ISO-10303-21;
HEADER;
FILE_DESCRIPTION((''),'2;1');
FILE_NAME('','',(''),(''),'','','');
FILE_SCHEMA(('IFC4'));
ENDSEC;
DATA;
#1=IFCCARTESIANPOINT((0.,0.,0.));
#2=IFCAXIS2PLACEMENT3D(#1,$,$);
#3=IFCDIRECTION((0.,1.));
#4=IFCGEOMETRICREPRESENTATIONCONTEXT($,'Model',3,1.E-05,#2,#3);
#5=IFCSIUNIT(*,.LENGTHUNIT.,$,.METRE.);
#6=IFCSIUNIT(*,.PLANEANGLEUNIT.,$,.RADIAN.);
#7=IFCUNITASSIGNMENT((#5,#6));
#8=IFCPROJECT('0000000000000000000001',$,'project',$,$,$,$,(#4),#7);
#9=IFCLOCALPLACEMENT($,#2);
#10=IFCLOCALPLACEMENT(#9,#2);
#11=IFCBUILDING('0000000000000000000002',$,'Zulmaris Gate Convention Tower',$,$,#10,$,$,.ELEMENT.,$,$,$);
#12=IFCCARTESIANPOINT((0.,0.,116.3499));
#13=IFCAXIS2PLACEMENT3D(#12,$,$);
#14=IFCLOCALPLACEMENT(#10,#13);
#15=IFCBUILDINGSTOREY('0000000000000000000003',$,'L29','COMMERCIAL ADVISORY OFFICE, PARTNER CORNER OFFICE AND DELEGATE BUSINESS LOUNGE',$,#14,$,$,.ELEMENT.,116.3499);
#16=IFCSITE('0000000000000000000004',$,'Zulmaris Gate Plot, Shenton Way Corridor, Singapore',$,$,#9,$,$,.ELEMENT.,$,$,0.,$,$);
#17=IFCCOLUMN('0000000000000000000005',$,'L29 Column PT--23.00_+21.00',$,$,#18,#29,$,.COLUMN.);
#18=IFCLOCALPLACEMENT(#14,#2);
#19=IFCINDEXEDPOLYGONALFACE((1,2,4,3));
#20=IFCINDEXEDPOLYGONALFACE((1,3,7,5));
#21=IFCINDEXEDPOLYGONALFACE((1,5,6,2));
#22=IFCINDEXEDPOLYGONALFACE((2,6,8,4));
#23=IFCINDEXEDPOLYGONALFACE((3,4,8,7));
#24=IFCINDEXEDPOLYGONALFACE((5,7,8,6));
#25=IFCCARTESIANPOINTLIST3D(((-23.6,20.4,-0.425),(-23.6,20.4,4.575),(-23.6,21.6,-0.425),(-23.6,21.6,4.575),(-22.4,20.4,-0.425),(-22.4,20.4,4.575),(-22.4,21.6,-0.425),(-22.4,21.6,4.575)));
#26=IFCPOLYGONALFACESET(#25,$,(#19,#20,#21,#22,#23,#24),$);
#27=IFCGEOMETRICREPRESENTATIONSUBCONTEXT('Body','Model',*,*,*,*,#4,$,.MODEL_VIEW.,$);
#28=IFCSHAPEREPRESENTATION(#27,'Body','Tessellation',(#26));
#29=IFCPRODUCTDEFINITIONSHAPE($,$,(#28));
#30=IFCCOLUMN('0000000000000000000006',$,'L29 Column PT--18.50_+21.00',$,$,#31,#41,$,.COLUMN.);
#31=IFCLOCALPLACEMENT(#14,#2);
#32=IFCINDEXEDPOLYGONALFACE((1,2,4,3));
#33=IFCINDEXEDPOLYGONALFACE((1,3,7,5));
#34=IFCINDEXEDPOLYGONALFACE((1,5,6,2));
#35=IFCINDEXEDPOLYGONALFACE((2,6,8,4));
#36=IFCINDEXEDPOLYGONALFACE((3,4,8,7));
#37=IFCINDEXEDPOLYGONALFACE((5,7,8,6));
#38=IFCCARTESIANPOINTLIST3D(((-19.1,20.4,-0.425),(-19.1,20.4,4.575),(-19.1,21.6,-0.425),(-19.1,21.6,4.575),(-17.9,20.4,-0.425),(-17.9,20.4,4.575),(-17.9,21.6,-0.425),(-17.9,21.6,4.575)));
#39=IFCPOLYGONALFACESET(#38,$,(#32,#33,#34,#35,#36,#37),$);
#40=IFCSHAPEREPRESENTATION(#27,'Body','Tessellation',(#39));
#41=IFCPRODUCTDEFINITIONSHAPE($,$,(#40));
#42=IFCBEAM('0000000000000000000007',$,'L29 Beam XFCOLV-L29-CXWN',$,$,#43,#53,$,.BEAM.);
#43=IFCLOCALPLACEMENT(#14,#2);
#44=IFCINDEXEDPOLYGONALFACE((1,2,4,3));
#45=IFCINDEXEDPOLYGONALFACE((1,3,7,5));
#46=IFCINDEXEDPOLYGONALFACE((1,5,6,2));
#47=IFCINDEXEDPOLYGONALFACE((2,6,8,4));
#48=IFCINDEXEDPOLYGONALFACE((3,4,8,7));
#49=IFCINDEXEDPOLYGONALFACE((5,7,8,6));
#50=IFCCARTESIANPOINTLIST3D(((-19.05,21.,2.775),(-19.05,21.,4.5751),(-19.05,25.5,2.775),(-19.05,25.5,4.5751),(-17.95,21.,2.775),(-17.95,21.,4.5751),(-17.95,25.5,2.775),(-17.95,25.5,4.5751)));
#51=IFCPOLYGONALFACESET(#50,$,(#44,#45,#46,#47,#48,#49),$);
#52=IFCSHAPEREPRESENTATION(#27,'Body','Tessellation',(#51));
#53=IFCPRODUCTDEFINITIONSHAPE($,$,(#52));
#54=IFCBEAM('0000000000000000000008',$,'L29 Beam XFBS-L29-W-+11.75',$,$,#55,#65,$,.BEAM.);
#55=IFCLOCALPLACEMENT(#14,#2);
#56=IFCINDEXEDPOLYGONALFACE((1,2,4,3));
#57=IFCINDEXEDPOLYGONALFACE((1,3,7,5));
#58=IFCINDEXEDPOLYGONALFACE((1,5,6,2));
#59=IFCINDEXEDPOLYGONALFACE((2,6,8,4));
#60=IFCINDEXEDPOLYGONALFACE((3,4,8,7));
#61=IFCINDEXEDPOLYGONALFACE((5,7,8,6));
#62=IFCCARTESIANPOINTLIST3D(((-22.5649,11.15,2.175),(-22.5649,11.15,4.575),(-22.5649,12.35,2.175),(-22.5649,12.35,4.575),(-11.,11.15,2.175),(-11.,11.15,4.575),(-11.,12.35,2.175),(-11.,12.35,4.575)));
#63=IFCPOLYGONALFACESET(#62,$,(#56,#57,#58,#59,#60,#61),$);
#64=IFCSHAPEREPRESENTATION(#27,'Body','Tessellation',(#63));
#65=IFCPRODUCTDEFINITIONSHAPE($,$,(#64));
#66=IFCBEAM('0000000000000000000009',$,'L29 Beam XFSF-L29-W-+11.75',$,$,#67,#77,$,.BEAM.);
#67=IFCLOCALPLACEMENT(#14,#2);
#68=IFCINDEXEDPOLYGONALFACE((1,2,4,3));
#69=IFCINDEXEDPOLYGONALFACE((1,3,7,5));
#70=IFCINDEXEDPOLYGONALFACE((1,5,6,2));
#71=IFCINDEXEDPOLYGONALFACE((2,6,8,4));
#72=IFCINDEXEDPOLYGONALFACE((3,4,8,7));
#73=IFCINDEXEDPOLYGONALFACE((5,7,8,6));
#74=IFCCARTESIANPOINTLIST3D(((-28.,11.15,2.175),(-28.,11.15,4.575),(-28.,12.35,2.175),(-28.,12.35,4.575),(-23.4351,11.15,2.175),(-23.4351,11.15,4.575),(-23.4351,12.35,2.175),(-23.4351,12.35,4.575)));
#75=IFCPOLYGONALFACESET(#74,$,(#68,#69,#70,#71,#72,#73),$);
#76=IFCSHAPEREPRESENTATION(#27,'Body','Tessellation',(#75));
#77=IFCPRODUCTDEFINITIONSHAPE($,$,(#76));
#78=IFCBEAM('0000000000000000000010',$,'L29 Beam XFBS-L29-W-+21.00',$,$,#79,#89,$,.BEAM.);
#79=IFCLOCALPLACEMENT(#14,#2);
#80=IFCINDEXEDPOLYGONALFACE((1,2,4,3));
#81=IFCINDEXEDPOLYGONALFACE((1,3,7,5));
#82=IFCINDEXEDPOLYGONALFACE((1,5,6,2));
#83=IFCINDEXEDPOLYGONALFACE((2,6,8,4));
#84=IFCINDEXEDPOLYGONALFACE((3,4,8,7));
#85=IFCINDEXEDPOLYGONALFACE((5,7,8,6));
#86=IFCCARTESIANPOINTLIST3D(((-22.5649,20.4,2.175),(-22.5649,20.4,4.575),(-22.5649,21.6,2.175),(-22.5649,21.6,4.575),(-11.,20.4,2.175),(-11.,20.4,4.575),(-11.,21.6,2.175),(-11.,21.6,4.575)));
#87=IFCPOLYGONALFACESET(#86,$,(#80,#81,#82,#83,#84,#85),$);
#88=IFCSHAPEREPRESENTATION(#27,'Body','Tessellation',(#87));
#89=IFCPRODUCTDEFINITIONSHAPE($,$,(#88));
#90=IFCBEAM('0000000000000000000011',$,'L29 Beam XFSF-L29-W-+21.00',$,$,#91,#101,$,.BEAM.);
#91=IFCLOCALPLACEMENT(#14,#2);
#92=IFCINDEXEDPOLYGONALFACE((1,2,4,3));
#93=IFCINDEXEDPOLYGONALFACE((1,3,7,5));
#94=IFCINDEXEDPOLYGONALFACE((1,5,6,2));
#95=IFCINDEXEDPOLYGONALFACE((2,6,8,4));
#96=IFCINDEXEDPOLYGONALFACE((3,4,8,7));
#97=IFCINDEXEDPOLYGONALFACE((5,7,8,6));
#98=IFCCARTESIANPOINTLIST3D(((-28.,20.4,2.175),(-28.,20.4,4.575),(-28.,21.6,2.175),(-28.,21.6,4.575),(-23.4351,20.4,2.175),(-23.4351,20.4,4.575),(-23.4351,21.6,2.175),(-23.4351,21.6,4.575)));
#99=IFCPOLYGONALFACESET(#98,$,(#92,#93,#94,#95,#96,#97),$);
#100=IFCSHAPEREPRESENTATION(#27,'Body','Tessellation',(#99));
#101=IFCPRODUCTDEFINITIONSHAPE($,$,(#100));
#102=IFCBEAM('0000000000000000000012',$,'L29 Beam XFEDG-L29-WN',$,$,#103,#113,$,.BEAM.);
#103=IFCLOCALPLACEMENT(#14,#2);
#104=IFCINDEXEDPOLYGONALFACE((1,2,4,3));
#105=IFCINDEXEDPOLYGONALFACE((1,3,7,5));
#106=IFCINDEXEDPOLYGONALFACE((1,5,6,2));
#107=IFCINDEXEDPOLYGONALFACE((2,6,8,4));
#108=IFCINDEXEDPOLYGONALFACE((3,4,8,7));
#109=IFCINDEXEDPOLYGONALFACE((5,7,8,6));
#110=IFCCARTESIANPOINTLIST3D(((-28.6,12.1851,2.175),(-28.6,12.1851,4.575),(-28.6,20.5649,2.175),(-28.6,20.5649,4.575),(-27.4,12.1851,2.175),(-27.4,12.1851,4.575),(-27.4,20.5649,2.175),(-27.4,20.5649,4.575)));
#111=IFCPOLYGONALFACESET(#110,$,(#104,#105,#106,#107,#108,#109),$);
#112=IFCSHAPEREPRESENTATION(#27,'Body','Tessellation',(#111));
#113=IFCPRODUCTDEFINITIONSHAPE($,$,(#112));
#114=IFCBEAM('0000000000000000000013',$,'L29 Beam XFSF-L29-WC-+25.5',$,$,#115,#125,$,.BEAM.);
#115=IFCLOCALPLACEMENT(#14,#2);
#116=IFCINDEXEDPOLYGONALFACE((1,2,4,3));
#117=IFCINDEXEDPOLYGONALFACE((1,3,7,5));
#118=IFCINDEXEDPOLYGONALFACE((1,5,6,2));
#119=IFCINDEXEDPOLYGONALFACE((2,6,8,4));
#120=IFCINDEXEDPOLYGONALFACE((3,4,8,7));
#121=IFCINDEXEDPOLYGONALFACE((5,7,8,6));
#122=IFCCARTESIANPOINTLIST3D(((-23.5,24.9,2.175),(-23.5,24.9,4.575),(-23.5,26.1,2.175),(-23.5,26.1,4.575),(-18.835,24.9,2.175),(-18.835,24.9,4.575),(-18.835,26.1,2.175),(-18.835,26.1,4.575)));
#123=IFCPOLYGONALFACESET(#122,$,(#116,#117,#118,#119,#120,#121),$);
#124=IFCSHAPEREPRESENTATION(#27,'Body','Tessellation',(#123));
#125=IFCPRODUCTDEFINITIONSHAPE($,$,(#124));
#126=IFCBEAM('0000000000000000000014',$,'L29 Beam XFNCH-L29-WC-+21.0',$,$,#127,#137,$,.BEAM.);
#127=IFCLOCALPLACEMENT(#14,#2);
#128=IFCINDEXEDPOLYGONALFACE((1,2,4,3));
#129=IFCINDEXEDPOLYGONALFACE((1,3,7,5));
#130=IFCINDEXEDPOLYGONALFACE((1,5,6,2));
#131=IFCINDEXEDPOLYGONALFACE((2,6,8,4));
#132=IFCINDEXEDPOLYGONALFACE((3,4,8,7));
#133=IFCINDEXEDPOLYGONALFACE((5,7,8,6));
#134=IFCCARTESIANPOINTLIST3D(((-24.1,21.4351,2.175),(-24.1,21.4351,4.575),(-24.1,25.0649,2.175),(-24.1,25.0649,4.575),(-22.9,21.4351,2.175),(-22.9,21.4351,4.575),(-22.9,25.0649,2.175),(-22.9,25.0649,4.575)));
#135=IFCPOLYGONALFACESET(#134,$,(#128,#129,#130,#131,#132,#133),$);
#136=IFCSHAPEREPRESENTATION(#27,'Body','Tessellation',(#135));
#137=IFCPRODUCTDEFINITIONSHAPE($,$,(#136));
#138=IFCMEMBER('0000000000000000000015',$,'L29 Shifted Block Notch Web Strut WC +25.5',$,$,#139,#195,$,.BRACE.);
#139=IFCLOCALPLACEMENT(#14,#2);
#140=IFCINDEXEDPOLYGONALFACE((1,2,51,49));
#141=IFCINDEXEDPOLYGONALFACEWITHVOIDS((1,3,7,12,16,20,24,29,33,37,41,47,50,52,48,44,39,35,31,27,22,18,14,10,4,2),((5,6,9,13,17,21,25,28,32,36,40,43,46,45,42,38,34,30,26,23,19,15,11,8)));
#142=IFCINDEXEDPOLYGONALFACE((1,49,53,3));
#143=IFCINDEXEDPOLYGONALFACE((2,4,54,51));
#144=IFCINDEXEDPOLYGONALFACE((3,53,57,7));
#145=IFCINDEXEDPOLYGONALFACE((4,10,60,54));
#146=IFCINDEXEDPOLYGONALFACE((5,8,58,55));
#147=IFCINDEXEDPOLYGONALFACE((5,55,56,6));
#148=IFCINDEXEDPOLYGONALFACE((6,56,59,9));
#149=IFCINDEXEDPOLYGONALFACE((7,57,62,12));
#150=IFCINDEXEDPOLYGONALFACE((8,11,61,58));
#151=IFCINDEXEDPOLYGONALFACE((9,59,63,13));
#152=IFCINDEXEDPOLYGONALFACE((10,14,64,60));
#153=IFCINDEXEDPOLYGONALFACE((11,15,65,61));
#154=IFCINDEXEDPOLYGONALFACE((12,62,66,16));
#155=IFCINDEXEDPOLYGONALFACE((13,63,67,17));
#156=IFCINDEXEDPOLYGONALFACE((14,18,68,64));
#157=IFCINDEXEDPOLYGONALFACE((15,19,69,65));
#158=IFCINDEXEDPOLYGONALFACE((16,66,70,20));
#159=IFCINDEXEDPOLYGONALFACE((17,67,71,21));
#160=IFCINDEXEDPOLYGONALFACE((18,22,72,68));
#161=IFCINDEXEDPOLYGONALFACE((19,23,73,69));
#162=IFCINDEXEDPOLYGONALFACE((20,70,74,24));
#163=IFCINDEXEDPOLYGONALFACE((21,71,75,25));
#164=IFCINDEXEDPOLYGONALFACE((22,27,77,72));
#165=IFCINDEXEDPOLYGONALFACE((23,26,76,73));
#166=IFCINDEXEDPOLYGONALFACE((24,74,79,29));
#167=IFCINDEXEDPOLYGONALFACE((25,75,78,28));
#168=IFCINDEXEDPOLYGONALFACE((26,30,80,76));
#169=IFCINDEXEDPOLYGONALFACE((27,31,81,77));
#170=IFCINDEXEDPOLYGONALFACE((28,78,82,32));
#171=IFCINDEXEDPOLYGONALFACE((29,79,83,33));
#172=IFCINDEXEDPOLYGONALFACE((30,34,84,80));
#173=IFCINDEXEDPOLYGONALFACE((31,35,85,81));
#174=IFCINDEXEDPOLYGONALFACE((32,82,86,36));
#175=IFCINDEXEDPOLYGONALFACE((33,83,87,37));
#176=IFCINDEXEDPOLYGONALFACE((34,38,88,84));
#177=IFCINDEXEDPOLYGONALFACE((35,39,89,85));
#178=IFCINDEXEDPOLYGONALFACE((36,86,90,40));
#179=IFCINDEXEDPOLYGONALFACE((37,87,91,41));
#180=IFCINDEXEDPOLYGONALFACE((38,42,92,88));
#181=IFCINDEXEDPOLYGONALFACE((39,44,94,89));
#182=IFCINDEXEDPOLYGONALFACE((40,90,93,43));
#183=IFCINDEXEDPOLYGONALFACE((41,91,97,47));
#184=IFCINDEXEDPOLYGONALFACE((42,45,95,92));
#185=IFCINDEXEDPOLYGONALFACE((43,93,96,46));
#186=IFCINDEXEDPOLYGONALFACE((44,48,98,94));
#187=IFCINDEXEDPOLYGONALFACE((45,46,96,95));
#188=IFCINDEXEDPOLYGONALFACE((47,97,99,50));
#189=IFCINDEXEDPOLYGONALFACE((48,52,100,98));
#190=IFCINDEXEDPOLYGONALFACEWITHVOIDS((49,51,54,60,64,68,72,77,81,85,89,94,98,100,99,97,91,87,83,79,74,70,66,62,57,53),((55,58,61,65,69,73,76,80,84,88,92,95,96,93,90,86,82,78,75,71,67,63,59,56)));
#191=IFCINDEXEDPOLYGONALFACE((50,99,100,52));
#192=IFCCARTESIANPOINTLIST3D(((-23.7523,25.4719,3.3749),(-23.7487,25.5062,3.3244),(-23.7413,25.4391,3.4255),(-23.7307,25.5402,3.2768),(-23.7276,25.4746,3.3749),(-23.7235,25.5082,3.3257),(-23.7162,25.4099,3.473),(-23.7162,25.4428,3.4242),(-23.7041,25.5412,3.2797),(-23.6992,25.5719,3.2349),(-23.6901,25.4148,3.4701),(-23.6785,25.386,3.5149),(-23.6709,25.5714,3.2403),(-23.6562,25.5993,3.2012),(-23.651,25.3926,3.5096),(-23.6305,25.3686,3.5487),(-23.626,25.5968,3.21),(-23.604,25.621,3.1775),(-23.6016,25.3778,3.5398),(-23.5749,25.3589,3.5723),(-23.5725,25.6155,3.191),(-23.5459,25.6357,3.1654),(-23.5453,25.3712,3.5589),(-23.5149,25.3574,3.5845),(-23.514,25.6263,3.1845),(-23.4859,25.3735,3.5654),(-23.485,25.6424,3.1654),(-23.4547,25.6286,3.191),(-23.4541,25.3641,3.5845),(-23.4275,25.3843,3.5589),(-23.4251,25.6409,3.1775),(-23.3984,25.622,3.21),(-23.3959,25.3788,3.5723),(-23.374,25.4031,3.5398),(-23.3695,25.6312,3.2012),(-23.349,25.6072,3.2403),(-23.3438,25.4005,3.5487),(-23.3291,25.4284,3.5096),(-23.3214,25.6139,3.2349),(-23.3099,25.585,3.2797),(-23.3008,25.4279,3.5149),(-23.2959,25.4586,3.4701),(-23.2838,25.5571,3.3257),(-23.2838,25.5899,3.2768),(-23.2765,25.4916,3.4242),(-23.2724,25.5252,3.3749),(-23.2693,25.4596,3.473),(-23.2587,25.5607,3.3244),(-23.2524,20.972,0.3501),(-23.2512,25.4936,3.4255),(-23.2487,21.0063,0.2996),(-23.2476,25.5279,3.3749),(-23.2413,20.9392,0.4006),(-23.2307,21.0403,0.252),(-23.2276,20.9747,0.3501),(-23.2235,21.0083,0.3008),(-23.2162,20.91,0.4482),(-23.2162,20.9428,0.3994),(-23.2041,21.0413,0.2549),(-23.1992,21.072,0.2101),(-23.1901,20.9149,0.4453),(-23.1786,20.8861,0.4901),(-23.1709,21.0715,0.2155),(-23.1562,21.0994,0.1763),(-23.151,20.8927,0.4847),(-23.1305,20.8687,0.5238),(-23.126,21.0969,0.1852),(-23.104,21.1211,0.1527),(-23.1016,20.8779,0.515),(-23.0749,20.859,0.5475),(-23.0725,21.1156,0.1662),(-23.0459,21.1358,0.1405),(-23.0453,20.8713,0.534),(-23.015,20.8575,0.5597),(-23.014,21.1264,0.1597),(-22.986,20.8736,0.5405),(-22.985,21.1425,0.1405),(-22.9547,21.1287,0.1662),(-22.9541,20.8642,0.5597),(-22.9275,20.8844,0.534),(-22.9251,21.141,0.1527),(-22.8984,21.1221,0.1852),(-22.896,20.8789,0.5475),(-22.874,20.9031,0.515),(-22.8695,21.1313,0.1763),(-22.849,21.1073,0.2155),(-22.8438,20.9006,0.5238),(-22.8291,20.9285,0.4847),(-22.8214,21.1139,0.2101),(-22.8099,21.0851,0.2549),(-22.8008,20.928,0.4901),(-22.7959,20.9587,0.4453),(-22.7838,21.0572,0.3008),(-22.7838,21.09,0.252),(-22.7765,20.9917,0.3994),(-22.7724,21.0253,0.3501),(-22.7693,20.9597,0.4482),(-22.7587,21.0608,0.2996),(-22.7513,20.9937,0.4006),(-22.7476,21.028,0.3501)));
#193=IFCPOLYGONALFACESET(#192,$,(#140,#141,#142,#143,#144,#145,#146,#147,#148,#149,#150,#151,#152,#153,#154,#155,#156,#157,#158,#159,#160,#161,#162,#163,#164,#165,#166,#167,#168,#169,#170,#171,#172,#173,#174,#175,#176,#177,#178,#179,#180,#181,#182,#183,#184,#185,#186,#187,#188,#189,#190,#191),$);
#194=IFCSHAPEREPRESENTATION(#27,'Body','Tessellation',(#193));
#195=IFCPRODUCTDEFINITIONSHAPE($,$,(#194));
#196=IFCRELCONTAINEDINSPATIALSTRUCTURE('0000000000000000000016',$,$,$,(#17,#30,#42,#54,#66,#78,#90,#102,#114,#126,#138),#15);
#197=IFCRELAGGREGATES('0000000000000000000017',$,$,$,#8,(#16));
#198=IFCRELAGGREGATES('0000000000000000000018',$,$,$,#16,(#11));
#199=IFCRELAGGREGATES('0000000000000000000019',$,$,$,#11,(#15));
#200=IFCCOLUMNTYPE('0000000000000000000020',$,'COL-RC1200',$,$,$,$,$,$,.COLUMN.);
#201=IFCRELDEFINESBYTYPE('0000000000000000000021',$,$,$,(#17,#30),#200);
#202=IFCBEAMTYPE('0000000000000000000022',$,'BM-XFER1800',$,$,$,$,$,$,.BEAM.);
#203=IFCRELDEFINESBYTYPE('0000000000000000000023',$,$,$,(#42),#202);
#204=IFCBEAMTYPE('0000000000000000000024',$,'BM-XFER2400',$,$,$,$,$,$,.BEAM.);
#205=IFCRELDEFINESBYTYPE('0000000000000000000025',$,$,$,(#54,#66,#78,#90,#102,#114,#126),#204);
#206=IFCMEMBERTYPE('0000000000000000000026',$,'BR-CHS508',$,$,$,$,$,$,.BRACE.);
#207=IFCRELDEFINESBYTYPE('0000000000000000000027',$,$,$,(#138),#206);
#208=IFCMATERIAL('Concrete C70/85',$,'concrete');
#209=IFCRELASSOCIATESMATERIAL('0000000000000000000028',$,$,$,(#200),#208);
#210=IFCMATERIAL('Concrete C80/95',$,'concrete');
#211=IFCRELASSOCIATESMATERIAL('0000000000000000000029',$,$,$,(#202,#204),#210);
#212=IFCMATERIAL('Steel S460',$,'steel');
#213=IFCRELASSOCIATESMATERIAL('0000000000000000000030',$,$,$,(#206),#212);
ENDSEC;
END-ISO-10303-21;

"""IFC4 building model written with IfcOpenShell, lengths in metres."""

from ifc_helpers import new_model, si_unit, direction, frame, origin, origin_2d, place, context, subcontext, project, spatial, rectangle, hollow_circle, extrude, material, material_profile, profile_set, type_object, element, save


model = new_model("IFC4")

# Units and contexts
model_context = context("Model", 3, precision=1e-05, world=origin(), true_north=direction((0.0, 1.0)))
body_context = subcontext(model_context, "Body", "Model", "MODEL_VIEW")
ifc_project = project(units=[si_unit("LENGTHUNIT", "METRE"), si_unit("PLANEANGLEUNIT", "RADIAN")], contexts=[model_context])

# Site, building, storey
site_placement = place(None, origin())
site = spatial("IfcSite", under=ifc_project, at=site_placement, Name="Zulmaris Gate Plot, Shenton Way Corridor, Singapore", CompositionType="ELEMENT", RefElevation=0.0)
building_placement = place(site_placement, origin())
building = spatial("IfcBuilding", under=site, at=building_placement, Name="Zulmaris Gate Convention Tower", CompositionType="ELEMENT")
storey_placement = place(building_placement, frame((0.0, 0.0, 116.3499)))
storey = spatial("IfcBuildingStorey", under=building, at=storey_placement, Name="L29", Description="COMMERCIAL ADVISORY OFFICE, PARTNER CORNER OFFICE AND DELEGATE BUSINESS LOUNGE", CompositionType="ELEMENT", Elevation=116.3499)

# Columns
ifc_material_1 = material(Name="Concrete C70/85", Category="concrete")
ifc_material_profile_1 = material_profile(ifc_material_1, rectangle(XDim=1.2, YDim=1.2, at=origin_2d()), Name="RC COL 1200x1200")
ifc_profile_set_1 = profile_set([ifc_material_profile_1], Name="Concrete C70/85")
column_type = type_object("IfcColumnType", Name="COL-RC1200", PredefinedType="COLUMN", material=ifc_profile_set_1)
for number, where, z_axis, x_axis, name in (
    (1, (-23.0, 21.0, -0.425), (0.0, 0.0, 1.0), (1.0, 0.0, 0.0), "L29 Column PT--23.00_+21.00"),
    (2, (-18.5, 21.0, -0.425), (0.0, 0.0, 1.0), (1.0, 0.0, 0.0), "L29 Column PT--18.50_+21.00"),
):
    element("IfcColumn", number, at=place(storey_placement, frame(where, z_axis=z_axis, x_axis=x_axis)), inside=storey, type_object=column_type, Name=name, PredefinedType="COLUMN", context=body_context, shape_type="SweptSolid", body=[
        extrude(rectangle(XDim=1.2, YDim=1.2, at=origin_2d()), origin(), (0.0, 0.0, 1.0), 5.0),
    ])

# Beams
ifc_material_2 = material(Name="Concrete C80/95", Category="concrete")
ifc_material_profile_2 = material_profile(ifc_material_2, rectangle(XDim=1.1001, YDim=1.8, at=origin_2d()), Name="RC TRANSFER 1100x1800")
ifc_profile_set_2 = profile_set([ifc_material_profile_2], Name="Concrete C80/95")
beam_type_1 = type_object("IfcBeamType", Name="BM-XFER1800", PredefinedType="BEAM", material=ifc_profile_set_2)
beam_1_placement = place(storey_placement, frame((-18.5, 21.0, 3.675), z_axis=(0.0, 1.0, 0.0), x_axis=(-1.0, 0.0, 0.0)))
element("IfcBeam", 3, at=beam_1_placement, inside=storey, type_object=beam_type_1, Name="L29 Beam XFCOLV-L29-CXWN", PredefinedType="BEAM", context=body_context, shape_type="SweptSolid", body=[
    extrude(rectangle(XDim=1.1001, YDim=1.8, at=origin_2d()), origin(), (0.0, 0.0, 1.0), 4.5),
])
ifc_material_profile_3 = material_profile(ifc_material_2, rectangle(XDim=1.2, YDim=2.3999, at=origin_2d()), Name="RC TRANSFER 1200x2400")
ifc_profile_set_3 = profile_set([ifc_material_profile_3], Name="Concrete C80/95")
beam_type_2 = type_object("IfcBeamType", Name="BM-XFER2400", PredefinedType="BEAM", material=ifc_profile_set_3)
beam_2_placement = place(storey_placement, frame((-22.5649, 11.75, 3.375), z_axis=(1.0, 0.0, 0.0), x_axis=(0.0, 1.0, 0.0)))
element("IfcBeam", 4, at=beam_2_placement, inside=storey, type_object=beam_type_2, Name="L29 Beam XFBS-L29-W-+11.75", PredefinedType="BEAM", context=body_context, shape_type="SweptSolid", body=[
    extrude(rectangle(XDim=1.2, YDim=2.3999, at=origin_2d()), origin(), (0.0, 0.0, 1.0), 11.5649),
])
beam_3_placement = place(storey_placement, frame((-28.0, 11.75, 3.375), z_axis=(1.0, 0.0, 0.0), x_axis=(0.0, 1.0, 0.0)))
element("IfcBeam", 5, at=beam_3_placement, inside=storey, type_object=beam_type_2, Name="L29 Beam XFSF-L29-W-+11.75", PredefinedType="BEAM", context=body_context, shape_type="SweptSolid", body=[
    extrude(rectangle(XDim=1.2, YDim=2.3999, at=origin_2d()), origin(), (0.0, 0.0, 1.0), 4.5649),
])
beam_4_placement = place(storey_placement, frame((-22.5649, 21.0, 3.375), z_axis=(1.0, 0.0, 0.0), x_axis=(0.0, 1.0, 0.0)))
element("IfcBeam", 6, at=beam_4_placement, inside=storey, type_object=beam_type_2, Name="L29 Beam XFBS-L29-W-+21.00", PredefinedType="BEAM", context=body_context, shape_type="SweptSolid", body=[
    extrude(rectangle(XDim=1.2, YDim=2.3999, at=origin_2d()), origin(), (0.0, 0.0, 1.0), 11.5649),
])
beam_5_placement = place(storey_placement, frame((-28.0, 21.0, 3.375), z_axis=(1.0, 0.0, 0.0), x_axis=(0.0, 1.0, 0.0)))
element("IfcBeam", 7, at=beam_5_placement, inside=storey, type_object=beam_type_2, Name="L29 Beam XFSF-L29-W-+21.00", PredefinedType="BEAM", context=body_context, shape_type="SweptSolid", body=[
    extrude(rectangle(XDim=1.2, YDim=2.3999, at=origin_2d()), origin(), (0.0, 0.0, 1.0), 4.5649),
])
beam_6_placement = place(storey_placement, frame((-28.0, 12.1851, 3.375), z_axis=(0.0, 1.0, 0.0), x_axis=(-1.0, 0.0, 0.0)))
element("IfcBeam", 8, at=beam_6_placement, inside=storey, type_object=beam_type_2, Name="L29 Beam XFEDG-L29-WN", PredefinedType="BEAM", context=body_context, shape_type="SweptSolid", body=[
    extrude(rectangle(XDim=1.2, YDim=2.3999, at=origin_2d()), origin(), (0.0, 0.0, 1.0), 8.3799),
])
beam_7_placement = place(storey_placement, frame((-23.5, 25.5, 3.375), z_axis=(1.0, 0.0, 0.0), x_axis=(0.0, 1.0, 0.0)))
element("IfcBeam", 9, at=beam_7_placement, inside=storey, type_object=beam_type_2, Name="L29 Beam XFSF-L29-WC-+25.5", PredefinedType="BEAM", context=body_context, shape_type="SweptSolid", body=[
    extrude(rectangle(XDim=1.2, YDim=2.3999, at=origin_2d()), origin(), (0.0, 0.0, 1.0), 4.665),
])
beam_8_placement = place(storey_placement, frame((-23.5, 21.4351, 3.375), z_axis=(0.0, 1.0, 0.0), x_axis=(-1.0, 0.0, 0.0)))
element("IfcBeam", 10, at=beam_8_placement, inside=storey, type_object=beam_type_2, Name="L29 Beam XFNCH-L29-WC-+21.0", PredefinedType="BEAM", context=body_context, shape_type="SweptSolid", body=[
    extrude(rectangle(XDim=1.2, YDim=2.3999, at=origin_2d()), origin(), (0.0, 0.0, 1.0), 3.6299),
])

# Member
ifc_material_3 = material(Name="Steel S460", Category="steel")
ifc_material_profile_4 = material_profile(ifc_material_3, hollow_circle(Radius=0.2539, WallThickness=0.0249, at=origin_2d()), Name="CHS 508x25")
ifc_profile_set_4 = profile_set([ifc_material_profile_4], Name="Steel S460")
member_type_1 = type_object("IfcMemberType", Name="BR-CHS508", PredefinedType="BRACE", material=ifc_profile_set_4)
member_1_placement = place(storey_placement, frame((-23.0, 21.0, 0.3501), z_axis=(-0.091824, 0.826418, 0.555519), x_axis=(-0.993884, -0.110432, 0.0)))
element("IfcMember", 11, at=member_1_placement, inside=storey, type_object=member_type_1, Name="L29 Shifted Block Notch Web Strut WC +25.5", PredefinedType="BRACE", context=body_context, shape_type="SweptSolid", body=[
    extrude(hollow_circle(Radius=0.2539, WallThickness=0.0249, at=origin_2d()), origin(), (0.0, 0.0, 1.0), 5.4451),
])

save(model, "model.ifc")
